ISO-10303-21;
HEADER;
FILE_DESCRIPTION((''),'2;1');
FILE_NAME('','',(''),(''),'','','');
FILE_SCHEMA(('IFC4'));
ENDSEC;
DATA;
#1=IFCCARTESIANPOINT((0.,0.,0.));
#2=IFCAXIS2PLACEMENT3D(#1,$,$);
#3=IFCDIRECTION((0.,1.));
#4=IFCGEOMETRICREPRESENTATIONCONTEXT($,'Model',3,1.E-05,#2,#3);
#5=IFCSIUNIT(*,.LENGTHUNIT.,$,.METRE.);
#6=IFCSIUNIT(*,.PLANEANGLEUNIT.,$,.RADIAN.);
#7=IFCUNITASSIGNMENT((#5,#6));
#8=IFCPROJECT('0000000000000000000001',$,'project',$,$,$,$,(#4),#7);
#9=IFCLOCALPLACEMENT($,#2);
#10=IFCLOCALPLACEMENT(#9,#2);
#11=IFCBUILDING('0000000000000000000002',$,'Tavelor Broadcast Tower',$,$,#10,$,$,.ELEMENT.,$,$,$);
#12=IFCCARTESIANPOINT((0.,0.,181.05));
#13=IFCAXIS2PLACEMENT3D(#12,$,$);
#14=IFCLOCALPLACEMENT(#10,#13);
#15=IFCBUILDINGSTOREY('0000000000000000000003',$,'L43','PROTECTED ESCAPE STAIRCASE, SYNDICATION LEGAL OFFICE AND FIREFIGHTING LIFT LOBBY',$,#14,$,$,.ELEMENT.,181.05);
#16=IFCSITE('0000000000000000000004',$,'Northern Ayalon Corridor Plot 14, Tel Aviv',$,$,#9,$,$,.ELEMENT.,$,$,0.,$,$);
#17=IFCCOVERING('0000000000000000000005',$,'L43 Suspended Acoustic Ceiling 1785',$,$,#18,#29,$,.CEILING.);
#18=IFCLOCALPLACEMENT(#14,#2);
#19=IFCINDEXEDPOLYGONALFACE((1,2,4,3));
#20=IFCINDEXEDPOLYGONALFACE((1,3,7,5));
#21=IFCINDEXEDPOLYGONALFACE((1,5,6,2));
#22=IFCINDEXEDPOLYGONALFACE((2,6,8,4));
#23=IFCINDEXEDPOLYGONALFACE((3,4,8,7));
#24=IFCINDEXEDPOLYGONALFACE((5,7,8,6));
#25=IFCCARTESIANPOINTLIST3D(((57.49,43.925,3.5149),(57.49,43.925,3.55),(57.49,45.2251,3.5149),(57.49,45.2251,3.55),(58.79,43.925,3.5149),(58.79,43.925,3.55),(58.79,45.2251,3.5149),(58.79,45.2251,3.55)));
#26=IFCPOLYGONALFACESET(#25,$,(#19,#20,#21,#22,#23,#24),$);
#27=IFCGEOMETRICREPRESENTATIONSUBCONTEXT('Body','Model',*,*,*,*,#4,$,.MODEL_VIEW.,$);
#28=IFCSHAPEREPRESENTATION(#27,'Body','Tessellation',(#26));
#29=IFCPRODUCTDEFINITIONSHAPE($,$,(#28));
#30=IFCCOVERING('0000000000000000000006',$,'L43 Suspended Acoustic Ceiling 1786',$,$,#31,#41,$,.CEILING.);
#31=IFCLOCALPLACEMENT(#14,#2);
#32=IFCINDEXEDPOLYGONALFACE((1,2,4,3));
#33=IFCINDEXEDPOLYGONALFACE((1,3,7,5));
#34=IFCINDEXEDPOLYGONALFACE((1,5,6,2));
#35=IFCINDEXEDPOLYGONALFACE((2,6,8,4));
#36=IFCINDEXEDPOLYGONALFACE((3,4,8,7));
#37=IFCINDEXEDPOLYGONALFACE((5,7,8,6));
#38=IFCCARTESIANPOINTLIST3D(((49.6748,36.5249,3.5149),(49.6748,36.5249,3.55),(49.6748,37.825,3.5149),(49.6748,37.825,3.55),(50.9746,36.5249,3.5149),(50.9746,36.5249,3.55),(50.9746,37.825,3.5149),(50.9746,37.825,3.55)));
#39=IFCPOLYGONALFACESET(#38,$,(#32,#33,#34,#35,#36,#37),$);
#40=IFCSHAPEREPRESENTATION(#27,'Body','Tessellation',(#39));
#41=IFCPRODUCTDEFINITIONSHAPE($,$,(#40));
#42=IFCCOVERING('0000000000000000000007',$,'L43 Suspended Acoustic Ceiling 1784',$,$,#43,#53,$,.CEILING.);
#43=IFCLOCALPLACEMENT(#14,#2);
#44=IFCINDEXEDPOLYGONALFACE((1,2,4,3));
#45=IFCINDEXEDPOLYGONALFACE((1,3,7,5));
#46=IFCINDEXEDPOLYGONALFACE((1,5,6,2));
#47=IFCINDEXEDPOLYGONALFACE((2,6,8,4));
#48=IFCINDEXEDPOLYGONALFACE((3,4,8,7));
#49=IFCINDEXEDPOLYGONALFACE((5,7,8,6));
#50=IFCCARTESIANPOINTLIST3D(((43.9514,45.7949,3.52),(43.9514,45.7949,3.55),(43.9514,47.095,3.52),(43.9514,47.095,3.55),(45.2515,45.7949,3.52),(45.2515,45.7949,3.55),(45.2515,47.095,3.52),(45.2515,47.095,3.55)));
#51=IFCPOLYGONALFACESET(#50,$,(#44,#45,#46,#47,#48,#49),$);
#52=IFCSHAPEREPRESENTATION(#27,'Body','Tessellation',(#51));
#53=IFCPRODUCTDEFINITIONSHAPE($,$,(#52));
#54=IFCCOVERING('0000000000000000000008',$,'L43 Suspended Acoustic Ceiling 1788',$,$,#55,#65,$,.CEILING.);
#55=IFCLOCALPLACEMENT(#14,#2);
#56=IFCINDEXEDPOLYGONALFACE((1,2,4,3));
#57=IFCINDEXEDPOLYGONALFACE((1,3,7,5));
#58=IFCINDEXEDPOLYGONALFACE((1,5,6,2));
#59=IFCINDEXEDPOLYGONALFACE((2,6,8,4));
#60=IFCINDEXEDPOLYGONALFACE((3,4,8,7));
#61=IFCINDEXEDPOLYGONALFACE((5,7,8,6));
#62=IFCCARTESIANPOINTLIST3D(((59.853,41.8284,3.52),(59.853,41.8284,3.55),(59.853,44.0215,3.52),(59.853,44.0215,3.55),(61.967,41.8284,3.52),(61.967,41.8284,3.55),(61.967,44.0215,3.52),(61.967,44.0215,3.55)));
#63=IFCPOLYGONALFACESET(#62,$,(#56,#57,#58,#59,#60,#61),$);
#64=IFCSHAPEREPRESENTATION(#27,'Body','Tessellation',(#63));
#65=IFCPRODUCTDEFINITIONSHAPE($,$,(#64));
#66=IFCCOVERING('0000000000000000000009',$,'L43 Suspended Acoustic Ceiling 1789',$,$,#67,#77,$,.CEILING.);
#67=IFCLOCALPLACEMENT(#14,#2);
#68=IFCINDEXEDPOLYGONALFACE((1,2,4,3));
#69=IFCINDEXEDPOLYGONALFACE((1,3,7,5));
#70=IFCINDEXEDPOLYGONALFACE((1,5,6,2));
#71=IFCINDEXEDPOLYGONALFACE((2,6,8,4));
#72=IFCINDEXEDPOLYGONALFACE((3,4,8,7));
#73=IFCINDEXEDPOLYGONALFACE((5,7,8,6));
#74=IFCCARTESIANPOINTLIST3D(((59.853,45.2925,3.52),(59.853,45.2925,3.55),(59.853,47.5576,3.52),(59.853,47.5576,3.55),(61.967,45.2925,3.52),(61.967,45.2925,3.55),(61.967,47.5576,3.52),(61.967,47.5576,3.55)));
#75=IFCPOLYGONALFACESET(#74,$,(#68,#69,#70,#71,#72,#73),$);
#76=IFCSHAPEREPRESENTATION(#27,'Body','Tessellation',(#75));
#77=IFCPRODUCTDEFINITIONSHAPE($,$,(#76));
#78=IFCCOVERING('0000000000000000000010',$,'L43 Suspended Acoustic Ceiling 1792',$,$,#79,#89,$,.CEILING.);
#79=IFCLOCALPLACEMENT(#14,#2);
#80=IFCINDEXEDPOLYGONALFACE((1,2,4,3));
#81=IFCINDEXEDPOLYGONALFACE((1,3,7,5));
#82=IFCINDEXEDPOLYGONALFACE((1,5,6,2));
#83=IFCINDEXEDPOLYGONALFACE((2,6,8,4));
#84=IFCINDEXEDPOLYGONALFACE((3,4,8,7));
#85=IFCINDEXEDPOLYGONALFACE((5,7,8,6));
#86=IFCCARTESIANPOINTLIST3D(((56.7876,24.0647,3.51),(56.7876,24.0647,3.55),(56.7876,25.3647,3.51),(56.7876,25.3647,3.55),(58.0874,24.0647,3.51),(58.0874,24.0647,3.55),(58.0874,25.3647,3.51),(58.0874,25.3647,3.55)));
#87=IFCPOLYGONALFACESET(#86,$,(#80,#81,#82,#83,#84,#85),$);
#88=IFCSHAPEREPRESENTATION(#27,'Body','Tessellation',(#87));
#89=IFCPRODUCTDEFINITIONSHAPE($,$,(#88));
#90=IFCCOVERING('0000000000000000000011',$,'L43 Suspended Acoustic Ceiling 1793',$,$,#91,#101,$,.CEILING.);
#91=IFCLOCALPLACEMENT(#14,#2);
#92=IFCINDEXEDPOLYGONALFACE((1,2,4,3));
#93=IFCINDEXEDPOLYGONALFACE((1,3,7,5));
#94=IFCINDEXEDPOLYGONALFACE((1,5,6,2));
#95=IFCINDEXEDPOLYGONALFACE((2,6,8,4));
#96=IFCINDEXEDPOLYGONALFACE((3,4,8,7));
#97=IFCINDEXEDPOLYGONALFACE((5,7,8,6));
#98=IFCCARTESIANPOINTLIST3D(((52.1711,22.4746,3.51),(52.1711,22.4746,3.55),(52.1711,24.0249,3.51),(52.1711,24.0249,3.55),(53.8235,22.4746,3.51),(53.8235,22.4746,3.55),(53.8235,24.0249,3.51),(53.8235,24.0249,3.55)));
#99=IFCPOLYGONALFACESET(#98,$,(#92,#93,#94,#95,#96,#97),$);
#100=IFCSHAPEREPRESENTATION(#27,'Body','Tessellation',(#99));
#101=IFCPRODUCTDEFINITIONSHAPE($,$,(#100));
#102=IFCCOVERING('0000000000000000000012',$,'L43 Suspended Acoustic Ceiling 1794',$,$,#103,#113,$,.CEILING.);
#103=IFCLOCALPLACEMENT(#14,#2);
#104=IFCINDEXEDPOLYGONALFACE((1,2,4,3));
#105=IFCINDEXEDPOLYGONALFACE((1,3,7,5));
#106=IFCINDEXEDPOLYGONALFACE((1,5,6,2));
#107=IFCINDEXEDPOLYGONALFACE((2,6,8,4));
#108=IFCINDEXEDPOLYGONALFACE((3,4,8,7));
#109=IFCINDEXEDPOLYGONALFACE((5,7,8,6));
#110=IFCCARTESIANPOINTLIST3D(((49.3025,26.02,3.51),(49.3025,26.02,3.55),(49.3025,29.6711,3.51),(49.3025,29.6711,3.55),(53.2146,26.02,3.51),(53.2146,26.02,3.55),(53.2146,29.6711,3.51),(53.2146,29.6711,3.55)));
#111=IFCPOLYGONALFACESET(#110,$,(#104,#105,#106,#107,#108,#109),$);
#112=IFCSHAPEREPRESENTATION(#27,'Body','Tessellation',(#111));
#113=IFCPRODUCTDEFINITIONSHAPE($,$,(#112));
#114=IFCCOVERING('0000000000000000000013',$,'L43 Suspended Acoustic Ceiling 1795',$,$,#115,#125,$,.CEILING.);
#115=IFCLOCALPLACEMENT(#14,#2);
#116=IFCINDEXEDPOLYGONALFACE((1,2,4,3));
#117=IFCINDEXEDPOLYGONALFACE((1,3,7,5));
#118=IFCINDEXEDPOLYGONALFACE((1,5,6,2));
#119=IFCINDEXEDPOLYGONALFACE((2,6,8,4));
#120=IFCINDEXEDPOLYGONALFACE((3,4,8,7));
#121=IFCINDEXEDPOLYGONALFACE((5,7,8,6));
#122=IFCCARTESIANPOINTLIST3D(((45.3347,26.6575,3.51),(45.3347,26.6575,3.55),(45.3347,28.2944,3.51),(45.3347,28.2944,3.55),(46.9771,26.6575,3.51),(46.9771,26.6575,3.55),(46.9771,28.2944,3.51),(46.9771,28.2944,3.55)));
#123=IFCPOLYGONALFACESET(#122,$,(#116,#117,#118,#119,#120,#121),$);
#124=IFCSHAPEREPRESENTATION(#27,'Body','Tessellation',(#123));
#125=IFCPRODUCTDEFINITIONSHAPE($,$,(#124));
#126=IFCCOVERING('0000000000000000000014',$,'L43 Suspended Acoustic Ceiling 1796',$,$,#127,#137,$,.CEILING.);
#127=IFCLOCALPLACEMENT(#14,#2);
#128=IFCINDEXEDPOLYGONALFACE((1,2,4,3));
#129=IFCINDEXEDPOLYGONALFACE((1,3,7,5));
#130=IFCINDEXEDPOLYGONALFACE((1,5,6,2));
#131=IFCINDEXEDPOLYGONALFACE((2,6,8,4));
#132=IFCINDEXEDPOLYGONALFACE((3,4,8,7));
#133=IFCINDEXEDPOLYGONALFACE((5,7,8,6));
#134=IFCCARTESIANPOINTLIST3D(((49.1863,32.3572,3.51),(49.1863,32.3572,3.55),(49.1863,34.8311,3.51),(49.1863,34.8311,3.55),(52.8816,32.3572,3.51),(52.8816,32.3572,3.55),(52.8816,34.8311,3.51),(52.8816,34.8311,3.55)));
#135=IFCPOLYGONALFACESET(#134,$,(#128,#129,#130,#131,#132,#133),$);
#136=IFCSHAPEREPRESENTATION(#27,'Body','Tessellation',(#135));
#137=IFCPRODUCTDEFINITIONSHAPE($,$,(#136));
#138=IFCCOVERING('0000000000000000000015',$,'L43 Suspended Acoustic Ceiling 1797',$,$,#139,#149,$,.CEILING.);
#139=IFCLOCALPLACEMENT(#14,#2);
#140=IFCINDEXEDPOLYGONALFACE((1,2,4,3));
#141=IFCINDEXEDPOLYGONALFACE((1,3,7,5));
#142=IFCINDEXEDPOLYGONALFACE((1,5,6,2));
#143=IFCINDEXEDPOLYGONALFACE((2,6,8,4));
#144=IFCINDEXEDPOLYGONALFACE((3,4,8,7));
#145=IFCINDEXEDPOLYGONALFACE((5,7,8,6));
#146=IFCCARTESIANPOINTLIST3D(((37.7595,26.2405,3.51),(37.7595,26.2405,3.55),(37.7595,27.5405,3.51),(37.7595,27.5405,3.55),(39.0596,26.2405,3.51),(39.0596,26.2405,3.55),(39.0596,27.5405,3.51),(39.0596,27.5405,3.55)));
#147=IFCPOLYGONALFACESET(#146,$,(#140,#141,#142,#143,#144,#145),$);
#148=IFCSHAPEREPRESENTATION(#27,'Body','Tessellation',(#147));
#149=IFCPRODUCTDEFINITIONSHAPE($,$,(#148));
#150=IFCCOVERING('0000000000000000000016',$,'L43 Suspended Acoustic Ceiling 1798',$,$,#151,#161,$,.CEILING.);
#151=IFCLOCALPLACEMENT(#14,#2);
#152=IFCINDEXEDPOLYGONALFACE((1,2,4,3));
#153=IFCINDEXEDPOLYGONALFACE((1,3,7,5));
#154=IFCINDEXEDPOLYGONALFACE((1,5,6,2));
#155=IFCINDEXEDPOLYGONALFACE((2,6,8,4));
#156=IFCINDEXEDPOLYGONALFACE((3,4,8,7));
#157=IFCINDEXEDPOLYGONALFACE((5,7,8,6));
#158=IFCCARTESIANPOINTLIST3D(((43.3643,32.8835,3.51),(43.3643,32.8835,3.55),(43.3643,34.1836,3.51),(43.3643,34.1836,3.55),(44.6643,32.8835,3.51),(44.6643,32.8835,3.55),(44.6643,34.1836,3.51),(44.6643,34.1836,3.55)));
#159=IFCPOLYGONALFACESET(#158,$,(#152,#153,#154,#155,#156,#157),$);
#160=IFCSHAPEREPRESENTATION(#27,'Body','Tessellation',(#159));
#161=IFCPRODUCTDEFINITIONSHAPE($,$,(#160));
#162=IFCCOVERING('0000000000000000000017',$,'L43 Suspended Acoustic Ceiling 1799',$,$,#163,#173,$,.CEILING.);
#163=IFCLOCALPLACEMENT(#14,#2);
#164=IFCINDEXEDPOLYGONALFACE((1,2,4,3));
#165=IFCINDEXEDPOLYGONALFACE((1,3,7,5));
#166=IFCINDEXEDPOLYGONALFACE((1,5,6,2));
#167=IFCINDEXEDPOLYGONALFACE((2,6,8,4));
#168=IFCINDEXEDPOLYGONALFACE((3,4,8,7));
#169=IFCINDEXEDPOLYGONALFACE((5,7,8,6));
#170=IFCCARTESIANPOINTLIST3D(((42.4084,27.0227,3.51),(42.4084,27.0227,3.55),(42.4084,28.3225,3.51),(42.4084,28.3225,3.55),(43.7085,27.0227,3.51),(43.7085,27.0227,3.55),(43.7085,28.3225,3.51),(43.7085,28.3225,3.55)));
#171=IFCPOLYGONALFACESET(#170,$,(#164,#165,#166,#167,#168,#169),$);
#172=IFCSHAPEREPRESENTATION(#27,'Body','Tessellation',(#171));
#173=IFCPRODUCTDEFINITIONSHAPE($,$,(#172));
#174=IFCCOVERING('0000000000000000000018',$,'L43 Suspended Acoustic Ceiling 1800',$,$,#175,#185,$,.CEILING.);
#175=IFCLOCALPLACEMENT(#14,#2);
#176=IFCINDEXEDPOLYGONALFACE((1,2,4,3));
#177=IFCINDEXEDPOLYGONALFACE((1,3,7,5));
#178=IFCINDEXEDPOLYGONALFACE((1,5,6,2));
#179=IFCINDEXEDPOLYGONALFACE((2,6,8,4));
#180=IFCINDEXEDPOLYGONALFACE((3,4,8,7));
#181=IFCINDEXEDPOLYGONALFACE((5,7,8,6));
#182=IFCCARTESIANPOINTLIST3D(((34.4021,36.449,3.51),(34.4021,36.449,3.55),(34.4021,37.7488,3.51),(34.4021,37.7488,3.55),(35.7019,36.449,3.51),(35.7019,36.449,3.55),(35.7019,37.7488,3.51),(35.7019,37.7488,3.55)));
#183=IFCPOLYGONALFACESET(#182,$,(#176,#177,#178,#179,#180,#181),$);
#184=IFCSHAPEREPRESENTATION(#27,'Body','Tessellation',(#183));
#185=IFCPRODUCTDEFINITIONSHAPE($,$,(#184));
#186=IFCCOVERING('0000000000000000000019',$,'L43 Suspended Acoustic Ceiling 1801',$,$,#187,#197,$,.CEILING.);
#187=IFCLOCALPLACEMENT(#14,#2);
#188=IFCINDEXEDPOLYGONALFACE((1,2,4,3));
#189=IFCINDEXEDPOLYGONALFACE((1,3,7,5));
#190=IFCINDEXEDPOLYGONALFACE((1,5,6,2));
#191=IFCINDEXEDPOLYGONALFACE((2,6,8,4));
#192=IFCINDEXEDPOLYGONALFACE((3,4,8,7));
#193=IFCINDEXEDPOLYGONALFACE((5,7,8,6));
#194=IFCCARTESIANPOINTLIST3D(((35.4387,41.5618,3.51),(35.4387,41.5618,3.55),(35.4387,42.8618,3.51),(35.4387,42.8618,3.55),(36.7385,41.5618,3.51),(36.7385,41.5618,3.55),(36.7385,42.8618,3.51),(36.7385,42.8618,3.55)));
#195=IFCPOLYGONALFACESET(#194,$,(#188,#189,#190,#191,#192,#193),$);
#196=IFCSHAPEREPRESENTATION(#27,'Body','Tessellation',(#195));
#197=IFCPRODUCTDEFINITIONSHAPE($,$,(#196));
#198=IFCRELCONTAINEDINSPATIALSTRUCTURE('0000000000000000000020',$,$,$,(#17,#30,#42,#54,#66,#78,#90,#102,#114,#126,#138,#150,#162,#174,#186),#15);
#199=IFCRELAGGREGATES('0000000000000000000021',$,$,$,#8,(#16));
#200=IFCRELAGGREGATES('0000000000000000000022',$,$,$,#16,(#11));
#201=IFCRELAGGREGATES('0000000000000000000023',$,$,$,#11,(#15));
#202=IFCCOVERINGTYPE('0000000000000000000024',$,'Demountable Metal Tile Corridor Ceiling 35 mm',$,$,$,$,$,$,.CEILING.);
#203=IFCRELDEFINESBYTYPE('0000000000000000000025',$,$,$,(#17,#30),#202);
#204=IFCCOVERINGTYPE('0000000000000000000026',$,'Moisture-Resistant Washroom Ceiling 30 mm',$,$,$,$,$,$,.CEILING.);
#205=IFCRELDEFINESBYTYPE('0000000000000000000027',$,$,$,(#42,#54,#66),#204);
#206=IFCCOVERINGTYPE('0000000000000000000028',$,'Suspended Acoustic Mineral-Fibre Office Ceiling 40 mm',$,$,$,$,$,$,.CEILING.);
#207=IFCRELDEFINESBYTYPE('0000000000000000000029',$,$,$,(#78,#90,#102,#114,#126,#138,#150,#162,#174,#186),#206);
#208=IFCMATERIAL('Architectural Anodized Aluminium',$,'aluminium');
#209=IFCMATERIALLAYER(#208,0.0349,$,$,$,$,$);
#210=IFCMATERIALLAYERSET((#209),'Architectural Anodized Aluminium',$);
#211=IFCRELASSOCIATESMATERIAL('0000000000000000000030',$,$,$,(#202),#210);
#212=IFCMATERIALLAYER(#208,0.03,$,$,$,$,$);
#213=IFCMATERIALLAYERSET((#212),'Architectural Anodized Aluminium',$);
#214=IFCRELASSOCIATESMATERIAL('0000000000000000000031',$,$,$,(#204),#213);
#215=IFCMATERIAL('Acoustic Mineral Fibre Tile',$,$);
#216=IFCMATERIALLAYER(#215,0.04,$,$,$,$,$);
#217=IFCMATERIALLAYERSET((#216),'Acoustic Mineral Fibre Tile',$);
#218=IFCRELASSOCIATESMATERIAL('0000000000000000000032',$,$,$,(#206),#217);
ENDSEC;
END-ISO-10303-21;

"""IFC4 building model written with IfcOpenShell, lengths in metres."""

from ifc_helpers import new_model, si_unit, direction, frame, origin, place, context, subcontext, project, spatial, polyline, outline, extrude, material, layer, layer_set, type_object, element, save


model = new_model("IFC4")

# Units and contexts
model_context = context("Model", 3, precision=1e-05, world=origin(), true_north=direction((0.0, 1.0)))
body_context = subcontext(model_context, "Body", "Model", "MODEL_VIEW")
ifc_project = project(units=[si_unit("LENGTHUNIT", "METRE"), si_unit("PLANEANGLEUNIT", "RADIAN")], contexts=[model_context])

# Site, building, storey
site_placement = place(None, origin())
site = spatial("IfcSite", under=ifc_project, at=site_placement, Name="Northern Ayalon Corridor Plot 14, Tel Aviv", CompositionType="ELEMENT", RefElevation=0.0)
building_placement = place(site_placement, origin())
building = spatial("IfcBuilding", under=site, at=building_placement, Name="Tavelor Broadcast Tower", CompositionType="ELEMENT")
storey_placement = place(building_placement, frame((0.0, 0.0, 181.05)))
storey = spatial("IfcBuildingStorey", under=building, at=storey_placement, Name="L43", Description="PROTECTED ESCAPE STAIRCASE, SYNDICATION LEGAL OFFICE AND FIREFIGHTING LIFT LOBBY", CompositionType="ELEMENT", Elevation=181.05)

# Coverings
ifc_material_1 = material(Name="Architectural Anodized Aluminium", Category="aluminium")
ifc_layer_1 = layer(ifc_material_1, 0.0349)
ifc_layer_set_1 = layer_set([ifc_layer_1], Name="Architectural Anodized Aluminium")
covering_type_1 = type_object("IfcCoveringType", Name="Demountable Metal Tile Corridor Ceiling 35 mm", PredefinedType="CEILING", material=ifc_layer_set_1)
covering_1_placement = place(storey_placement, frame((0.0, 0.0, 3.5149)))
element("IfcCovering", 1, at=covering_1_placement, inside=storey, type_object=covering_type_1, Name="L43 Suspended Acoustic Ceiling 1785", PredefinedType="CEILING", context=body_context, shape_type="SweptSolid", body=[
    extrude(outline(polyline([(57.49, 43.925), (58.79, 43.925), (58.79, 45.2251), (57.49, 45.2251), (57.49, 43.925)])), origin(), (0.0, 0.0, 1.0), 0.0352),
])
covering_2_placement = place(storey_placement, frame((0.0, 0.0, 3.5149)))
element("IfcCovering", 2, at=covering_2_placement, inside=storey, type_object=covering_type_1, Name="L43 Suspended Acoustic Ceiling 1786", PredefinedType="CEILING", context=body_context, shape_type="SweptSolid", body=[
    extrude(outline(polyline([(49.6748, 36.5249), (50.9746, 36.5249), (50.9746, 37.825), (49.6748, 37.825), (49.6748, 36.5249)])), origin(), (0.0, 0.0, 1.0), 0.0352),
])
ifc_layer_2 = layer(ifc_material_1, 0.03)
ifc_layer_set_2 = layer_set([ifc_layer_2], Name="Architectural Anodized Aluminium")
covering_type_2 = type_object("IfcCoveringType", Name="Moisture-Resistant Washroom Ceiling 30 mm", PredefinedType="CEILING", material=ifc_layer_set_2)
covering_3_placement = place(storey_placement, frame((0.0, 0.0, 3.52)))
element("IfcCovering", 3, at=covering_3_placement, inside=storey, type_object=covering_type_2, Name="L43 Suspended Acoustic Ceiling 1784", PredefinedType="CEILING", context=body_context, shape_type="SweptSolid", body=[
    extrude(outline(polyline([(43.9514, 45.7949), (45.2515, 45.7949), (45.2515, 47.095), (43.9514, 47.095), (43.9514, 45.7949)])), origin(), (0.0, 0.0, 1.0), 0.03),
])
covering_4_placement = place(storey_placement, frame((0.0, 0.0, 3.52)))
element("IfcCovering", 4, at=covering_4_placement, inside=storey, type_object=covering_type_2, Name="L43 Suspended Acoustic Ceiling 1788", PredefinedType="CEILING", context=body_context, shape_type="SweptSolid", body=[
    extrude(outline(polyline([(59.853, 41.8284), (61.967, 41.8284), (61.967, 44.0215), (59.853, 44.0215), (59.853, 41.8284)])), origin(), (0.0, 0.0, 1.0), 0.03),
])
covering_5_placement = place(storey_placement, frame((0.0, 0.0, 3.52)))
element("IfcCovering", 5, at=covering_5_placement, inside=storey, type_object=covering_type_2, Name="L43 Suspended Acoustic Ceiling 1789", PredefinedType="CEILING", context=body_context, shape_type="SweptSolid", body=[
    extrude(outline(polyline([(59.853, 45.2925), (61.967, 45.2925), (61.967, 47.5576), (59.853, 47.5576), (59.853, 45.2925)])), origin(), (0.0, 0.0, 1.0), 0.03),
])
ifc_material_2 = material(Name="Acoustic Mineral Fibre Tile")
ifc_layer_3 = layer(ifc_material_2, 0.04)
ifc_layer_set_3 = layer_set([ifc_layer_3], Name="Acoustic Mineral Fibre Tile")
covering_type_3 = type_object("IfcCoveringType", Name="Suspended Acoustic Mineral-Fibre Office Ceiling 40 mm", PredefinedType="CEILING", material=ifc_layer_set_3)
covering_6_placement = place(storey_placement, frame((0.0, 0.0, 3.51)))
element("IfcCovering", 6, at=covering_6_placement, inside=storey, type_object=covering_type_3, Name="L43 Suspended Acoustic Ceiling 1792", PredefinedType="CEILING", context=body_context, shape_type="SweptSolid", body=[
    extrude(outline(polyline([(56.7876, 24.0647), (58.0874, 24.0647), (58.0874, 25.3647), (56.7876, 25.3647), (56.7876, 24.0647)])), origin(), (0.0, 0.0, 1.0), 0.04),
])
covering_7_placement = place(storey_placement, frame((0.0, 0.0, 3.51)))
element("IfcCovering", 7, at=covering_7_placement, inside=storey, type_object=covering_type_3, Name="L43 Suspended Acoustic Ceiling 1793", PredefinedType="CEILING", context=body_context, shape_type="SweptSolid", body=[
    extrude(outline(polyline([(52.1711, 22.4746), (53.8235, 22.4746), (53.8235, 24.0249), (52.1711, 24.0249), (52.1711, 22.4746)])), origin(), (0.0, 0.0, 1.0), 0.04),
])
covering_8_placement = place(storey_placement, frame((0.0, 0.0, 3.51)))
element("IfcCovering", 8, at=covering_8_placement, inside=storey, type_object=covering_type_3, Name="L43 Suspended Acoustic Ceiling 1794", PredefinedType="CEILING", context=body_context, shape_type="SweptSolid", body=[
    extrude(outline(polyline([(49.3025, 26.02), (53.2146, 26.02), (53.2146, 29.6711), (49.3025, 29.6711), (49.3025, 26.02)])), origin(), (0.0, 0.0, 1.0), 0.04),
])
covering_9_placement = place(storey_placement, frame((0.0, 0.0, 3.51)))
element("IfcCovering", 9, at=covering_9_placement, inside=storey, type_object=covering_type_3, Name="L43 Suspended Acoustic Ceiling 1795", PredefinedType="CEILING", context=body_context, shape_type="SweptSolid", body=[
    extrude(outline(polyline([(45.3347, 26.6575), (46.9771, 26.6575), (46.9771, 28.2944), (45.3347, 28.2944), (45.3347, 26.6575)])), origin(), (0.0, 0.0, 1.0), 0.04),
])
covering_10_placement = place(storey_placement, frame((0.0, 0.0, 3.51)))
element("IfcCovering", 10, at=covering_10_placement, inside=storey, type_object=covering_type_3, Name="L43 Suspended Acoustic Ceiling 1796", PredefinedType="CEILING", context=body_context, shape_type="SweptSolid", body=[
    extrude(outline(polyline([(49.1863, 32.3572), (52.8816, 32.3572), (52.8816, 34.8311), (49.1863, 34.8311), (49.1863, 32.3572)])), origin(), (0.0, 0.0, 1.0), 0.04),
])
covering_11_placement = place(storey_placement, frame((0.0, 0.0, 3.51)))
element("IfcCovering", 11, at=covering_11_placement, inside=storey, type_object=covering_type_3, Name="L43 Suspended Acoustic Ceiling 1797", PredefinedType="CEILING", context=body_context, shape_type="SweptSolid", body=[
    extrude(outline(polyline([(37.7595, 26.2405), (39.0596, 26.2405), (39.0596, 27.5405), (37.7595, 27.5405), (37.7595, 26.2405)])), origin(), (0.0, 0.0, 1.0), 0.04),
])
covering_12_placement = place(storey_placement, frame((0.0, 0.0, 3.51)))
element("IfcCovering", 12, at=covering_12_placement, inside=storey, type_object=covering_type_3, Name="L43 Suspended Acoustic Ceiling 1798", PredefinedType="CEILING", context=body_context, shape_type="SweptSolid", body=[
    extrude(outline(polyline([(43.3643, 32.8835), (44.6643, 32.8835), (44.6643, 34.1836), (43.3643, 34.1836), (43.3643, 32.8835)])), origin(), (0.0, 0.0, 1.0), 0.04),
])
covering_13_placement = place(storey_placement, frame((0.0, 0.0, 3.51)))
element("IfcCovering", 13, at=covering_13_placement, inside=storey, type_object=covering_type_3, Name="L43 Suspended Acoustic Ceiling 1799", PredefinedType="CEILING", context=body_context, shape_type="SweptSolid", body=[
    extrude(outline(polyline([(42.4084, 27.0227), (43.7085, 27.0227), (43.7085, 28.3225), (42.4084, 28.3225), (42.4084, 27.0227)])), origin(), (0.0, 0.0, 1.0), 0.04),
])
covering_14_placement = place(storey_placement, frame((0.0, 0.0, 3.51)))
element("IfcCovering", 14, at=covering_14_placement, inside=storey, type_object=covering_type_3, Name="L43 Suspended Acoustic Ceiling 1800", PredefinedType="CEILING", context=body_context, shape_type="SweptSolid", body=[
    extrude(outline(polyline([(34.4021, 36.449), (35.7019, 36.449), (35.7019, 37.7488), (34.4021, 37.7488), (34.4021, 36.449)])), origin(), (0.0, 0.0, 1.0), 0.04),
])
covering_15_placement = place(storey_placement, frame((0.0, 0.0, 3.51)))
element("IfcCovering", 15, at=covering_15_placement, inside=storey, type_object=covering_type_3, Name="L43 Suspended Acoustic Ceiling 1801", PredefinedType="CEILING", context=body_context, shape_type="SweptSolid", body=[
    extrude(outline(polyline([(35.4387, 41.5618), (36.7385, 41.5618), (36.7385, 42.8618), (35.4387, 42.8618), (35.4387, 41.5618)])), origin(), (0.0, 0.0, 1.0), 0.04),
])

save(model, "model.ifc")
